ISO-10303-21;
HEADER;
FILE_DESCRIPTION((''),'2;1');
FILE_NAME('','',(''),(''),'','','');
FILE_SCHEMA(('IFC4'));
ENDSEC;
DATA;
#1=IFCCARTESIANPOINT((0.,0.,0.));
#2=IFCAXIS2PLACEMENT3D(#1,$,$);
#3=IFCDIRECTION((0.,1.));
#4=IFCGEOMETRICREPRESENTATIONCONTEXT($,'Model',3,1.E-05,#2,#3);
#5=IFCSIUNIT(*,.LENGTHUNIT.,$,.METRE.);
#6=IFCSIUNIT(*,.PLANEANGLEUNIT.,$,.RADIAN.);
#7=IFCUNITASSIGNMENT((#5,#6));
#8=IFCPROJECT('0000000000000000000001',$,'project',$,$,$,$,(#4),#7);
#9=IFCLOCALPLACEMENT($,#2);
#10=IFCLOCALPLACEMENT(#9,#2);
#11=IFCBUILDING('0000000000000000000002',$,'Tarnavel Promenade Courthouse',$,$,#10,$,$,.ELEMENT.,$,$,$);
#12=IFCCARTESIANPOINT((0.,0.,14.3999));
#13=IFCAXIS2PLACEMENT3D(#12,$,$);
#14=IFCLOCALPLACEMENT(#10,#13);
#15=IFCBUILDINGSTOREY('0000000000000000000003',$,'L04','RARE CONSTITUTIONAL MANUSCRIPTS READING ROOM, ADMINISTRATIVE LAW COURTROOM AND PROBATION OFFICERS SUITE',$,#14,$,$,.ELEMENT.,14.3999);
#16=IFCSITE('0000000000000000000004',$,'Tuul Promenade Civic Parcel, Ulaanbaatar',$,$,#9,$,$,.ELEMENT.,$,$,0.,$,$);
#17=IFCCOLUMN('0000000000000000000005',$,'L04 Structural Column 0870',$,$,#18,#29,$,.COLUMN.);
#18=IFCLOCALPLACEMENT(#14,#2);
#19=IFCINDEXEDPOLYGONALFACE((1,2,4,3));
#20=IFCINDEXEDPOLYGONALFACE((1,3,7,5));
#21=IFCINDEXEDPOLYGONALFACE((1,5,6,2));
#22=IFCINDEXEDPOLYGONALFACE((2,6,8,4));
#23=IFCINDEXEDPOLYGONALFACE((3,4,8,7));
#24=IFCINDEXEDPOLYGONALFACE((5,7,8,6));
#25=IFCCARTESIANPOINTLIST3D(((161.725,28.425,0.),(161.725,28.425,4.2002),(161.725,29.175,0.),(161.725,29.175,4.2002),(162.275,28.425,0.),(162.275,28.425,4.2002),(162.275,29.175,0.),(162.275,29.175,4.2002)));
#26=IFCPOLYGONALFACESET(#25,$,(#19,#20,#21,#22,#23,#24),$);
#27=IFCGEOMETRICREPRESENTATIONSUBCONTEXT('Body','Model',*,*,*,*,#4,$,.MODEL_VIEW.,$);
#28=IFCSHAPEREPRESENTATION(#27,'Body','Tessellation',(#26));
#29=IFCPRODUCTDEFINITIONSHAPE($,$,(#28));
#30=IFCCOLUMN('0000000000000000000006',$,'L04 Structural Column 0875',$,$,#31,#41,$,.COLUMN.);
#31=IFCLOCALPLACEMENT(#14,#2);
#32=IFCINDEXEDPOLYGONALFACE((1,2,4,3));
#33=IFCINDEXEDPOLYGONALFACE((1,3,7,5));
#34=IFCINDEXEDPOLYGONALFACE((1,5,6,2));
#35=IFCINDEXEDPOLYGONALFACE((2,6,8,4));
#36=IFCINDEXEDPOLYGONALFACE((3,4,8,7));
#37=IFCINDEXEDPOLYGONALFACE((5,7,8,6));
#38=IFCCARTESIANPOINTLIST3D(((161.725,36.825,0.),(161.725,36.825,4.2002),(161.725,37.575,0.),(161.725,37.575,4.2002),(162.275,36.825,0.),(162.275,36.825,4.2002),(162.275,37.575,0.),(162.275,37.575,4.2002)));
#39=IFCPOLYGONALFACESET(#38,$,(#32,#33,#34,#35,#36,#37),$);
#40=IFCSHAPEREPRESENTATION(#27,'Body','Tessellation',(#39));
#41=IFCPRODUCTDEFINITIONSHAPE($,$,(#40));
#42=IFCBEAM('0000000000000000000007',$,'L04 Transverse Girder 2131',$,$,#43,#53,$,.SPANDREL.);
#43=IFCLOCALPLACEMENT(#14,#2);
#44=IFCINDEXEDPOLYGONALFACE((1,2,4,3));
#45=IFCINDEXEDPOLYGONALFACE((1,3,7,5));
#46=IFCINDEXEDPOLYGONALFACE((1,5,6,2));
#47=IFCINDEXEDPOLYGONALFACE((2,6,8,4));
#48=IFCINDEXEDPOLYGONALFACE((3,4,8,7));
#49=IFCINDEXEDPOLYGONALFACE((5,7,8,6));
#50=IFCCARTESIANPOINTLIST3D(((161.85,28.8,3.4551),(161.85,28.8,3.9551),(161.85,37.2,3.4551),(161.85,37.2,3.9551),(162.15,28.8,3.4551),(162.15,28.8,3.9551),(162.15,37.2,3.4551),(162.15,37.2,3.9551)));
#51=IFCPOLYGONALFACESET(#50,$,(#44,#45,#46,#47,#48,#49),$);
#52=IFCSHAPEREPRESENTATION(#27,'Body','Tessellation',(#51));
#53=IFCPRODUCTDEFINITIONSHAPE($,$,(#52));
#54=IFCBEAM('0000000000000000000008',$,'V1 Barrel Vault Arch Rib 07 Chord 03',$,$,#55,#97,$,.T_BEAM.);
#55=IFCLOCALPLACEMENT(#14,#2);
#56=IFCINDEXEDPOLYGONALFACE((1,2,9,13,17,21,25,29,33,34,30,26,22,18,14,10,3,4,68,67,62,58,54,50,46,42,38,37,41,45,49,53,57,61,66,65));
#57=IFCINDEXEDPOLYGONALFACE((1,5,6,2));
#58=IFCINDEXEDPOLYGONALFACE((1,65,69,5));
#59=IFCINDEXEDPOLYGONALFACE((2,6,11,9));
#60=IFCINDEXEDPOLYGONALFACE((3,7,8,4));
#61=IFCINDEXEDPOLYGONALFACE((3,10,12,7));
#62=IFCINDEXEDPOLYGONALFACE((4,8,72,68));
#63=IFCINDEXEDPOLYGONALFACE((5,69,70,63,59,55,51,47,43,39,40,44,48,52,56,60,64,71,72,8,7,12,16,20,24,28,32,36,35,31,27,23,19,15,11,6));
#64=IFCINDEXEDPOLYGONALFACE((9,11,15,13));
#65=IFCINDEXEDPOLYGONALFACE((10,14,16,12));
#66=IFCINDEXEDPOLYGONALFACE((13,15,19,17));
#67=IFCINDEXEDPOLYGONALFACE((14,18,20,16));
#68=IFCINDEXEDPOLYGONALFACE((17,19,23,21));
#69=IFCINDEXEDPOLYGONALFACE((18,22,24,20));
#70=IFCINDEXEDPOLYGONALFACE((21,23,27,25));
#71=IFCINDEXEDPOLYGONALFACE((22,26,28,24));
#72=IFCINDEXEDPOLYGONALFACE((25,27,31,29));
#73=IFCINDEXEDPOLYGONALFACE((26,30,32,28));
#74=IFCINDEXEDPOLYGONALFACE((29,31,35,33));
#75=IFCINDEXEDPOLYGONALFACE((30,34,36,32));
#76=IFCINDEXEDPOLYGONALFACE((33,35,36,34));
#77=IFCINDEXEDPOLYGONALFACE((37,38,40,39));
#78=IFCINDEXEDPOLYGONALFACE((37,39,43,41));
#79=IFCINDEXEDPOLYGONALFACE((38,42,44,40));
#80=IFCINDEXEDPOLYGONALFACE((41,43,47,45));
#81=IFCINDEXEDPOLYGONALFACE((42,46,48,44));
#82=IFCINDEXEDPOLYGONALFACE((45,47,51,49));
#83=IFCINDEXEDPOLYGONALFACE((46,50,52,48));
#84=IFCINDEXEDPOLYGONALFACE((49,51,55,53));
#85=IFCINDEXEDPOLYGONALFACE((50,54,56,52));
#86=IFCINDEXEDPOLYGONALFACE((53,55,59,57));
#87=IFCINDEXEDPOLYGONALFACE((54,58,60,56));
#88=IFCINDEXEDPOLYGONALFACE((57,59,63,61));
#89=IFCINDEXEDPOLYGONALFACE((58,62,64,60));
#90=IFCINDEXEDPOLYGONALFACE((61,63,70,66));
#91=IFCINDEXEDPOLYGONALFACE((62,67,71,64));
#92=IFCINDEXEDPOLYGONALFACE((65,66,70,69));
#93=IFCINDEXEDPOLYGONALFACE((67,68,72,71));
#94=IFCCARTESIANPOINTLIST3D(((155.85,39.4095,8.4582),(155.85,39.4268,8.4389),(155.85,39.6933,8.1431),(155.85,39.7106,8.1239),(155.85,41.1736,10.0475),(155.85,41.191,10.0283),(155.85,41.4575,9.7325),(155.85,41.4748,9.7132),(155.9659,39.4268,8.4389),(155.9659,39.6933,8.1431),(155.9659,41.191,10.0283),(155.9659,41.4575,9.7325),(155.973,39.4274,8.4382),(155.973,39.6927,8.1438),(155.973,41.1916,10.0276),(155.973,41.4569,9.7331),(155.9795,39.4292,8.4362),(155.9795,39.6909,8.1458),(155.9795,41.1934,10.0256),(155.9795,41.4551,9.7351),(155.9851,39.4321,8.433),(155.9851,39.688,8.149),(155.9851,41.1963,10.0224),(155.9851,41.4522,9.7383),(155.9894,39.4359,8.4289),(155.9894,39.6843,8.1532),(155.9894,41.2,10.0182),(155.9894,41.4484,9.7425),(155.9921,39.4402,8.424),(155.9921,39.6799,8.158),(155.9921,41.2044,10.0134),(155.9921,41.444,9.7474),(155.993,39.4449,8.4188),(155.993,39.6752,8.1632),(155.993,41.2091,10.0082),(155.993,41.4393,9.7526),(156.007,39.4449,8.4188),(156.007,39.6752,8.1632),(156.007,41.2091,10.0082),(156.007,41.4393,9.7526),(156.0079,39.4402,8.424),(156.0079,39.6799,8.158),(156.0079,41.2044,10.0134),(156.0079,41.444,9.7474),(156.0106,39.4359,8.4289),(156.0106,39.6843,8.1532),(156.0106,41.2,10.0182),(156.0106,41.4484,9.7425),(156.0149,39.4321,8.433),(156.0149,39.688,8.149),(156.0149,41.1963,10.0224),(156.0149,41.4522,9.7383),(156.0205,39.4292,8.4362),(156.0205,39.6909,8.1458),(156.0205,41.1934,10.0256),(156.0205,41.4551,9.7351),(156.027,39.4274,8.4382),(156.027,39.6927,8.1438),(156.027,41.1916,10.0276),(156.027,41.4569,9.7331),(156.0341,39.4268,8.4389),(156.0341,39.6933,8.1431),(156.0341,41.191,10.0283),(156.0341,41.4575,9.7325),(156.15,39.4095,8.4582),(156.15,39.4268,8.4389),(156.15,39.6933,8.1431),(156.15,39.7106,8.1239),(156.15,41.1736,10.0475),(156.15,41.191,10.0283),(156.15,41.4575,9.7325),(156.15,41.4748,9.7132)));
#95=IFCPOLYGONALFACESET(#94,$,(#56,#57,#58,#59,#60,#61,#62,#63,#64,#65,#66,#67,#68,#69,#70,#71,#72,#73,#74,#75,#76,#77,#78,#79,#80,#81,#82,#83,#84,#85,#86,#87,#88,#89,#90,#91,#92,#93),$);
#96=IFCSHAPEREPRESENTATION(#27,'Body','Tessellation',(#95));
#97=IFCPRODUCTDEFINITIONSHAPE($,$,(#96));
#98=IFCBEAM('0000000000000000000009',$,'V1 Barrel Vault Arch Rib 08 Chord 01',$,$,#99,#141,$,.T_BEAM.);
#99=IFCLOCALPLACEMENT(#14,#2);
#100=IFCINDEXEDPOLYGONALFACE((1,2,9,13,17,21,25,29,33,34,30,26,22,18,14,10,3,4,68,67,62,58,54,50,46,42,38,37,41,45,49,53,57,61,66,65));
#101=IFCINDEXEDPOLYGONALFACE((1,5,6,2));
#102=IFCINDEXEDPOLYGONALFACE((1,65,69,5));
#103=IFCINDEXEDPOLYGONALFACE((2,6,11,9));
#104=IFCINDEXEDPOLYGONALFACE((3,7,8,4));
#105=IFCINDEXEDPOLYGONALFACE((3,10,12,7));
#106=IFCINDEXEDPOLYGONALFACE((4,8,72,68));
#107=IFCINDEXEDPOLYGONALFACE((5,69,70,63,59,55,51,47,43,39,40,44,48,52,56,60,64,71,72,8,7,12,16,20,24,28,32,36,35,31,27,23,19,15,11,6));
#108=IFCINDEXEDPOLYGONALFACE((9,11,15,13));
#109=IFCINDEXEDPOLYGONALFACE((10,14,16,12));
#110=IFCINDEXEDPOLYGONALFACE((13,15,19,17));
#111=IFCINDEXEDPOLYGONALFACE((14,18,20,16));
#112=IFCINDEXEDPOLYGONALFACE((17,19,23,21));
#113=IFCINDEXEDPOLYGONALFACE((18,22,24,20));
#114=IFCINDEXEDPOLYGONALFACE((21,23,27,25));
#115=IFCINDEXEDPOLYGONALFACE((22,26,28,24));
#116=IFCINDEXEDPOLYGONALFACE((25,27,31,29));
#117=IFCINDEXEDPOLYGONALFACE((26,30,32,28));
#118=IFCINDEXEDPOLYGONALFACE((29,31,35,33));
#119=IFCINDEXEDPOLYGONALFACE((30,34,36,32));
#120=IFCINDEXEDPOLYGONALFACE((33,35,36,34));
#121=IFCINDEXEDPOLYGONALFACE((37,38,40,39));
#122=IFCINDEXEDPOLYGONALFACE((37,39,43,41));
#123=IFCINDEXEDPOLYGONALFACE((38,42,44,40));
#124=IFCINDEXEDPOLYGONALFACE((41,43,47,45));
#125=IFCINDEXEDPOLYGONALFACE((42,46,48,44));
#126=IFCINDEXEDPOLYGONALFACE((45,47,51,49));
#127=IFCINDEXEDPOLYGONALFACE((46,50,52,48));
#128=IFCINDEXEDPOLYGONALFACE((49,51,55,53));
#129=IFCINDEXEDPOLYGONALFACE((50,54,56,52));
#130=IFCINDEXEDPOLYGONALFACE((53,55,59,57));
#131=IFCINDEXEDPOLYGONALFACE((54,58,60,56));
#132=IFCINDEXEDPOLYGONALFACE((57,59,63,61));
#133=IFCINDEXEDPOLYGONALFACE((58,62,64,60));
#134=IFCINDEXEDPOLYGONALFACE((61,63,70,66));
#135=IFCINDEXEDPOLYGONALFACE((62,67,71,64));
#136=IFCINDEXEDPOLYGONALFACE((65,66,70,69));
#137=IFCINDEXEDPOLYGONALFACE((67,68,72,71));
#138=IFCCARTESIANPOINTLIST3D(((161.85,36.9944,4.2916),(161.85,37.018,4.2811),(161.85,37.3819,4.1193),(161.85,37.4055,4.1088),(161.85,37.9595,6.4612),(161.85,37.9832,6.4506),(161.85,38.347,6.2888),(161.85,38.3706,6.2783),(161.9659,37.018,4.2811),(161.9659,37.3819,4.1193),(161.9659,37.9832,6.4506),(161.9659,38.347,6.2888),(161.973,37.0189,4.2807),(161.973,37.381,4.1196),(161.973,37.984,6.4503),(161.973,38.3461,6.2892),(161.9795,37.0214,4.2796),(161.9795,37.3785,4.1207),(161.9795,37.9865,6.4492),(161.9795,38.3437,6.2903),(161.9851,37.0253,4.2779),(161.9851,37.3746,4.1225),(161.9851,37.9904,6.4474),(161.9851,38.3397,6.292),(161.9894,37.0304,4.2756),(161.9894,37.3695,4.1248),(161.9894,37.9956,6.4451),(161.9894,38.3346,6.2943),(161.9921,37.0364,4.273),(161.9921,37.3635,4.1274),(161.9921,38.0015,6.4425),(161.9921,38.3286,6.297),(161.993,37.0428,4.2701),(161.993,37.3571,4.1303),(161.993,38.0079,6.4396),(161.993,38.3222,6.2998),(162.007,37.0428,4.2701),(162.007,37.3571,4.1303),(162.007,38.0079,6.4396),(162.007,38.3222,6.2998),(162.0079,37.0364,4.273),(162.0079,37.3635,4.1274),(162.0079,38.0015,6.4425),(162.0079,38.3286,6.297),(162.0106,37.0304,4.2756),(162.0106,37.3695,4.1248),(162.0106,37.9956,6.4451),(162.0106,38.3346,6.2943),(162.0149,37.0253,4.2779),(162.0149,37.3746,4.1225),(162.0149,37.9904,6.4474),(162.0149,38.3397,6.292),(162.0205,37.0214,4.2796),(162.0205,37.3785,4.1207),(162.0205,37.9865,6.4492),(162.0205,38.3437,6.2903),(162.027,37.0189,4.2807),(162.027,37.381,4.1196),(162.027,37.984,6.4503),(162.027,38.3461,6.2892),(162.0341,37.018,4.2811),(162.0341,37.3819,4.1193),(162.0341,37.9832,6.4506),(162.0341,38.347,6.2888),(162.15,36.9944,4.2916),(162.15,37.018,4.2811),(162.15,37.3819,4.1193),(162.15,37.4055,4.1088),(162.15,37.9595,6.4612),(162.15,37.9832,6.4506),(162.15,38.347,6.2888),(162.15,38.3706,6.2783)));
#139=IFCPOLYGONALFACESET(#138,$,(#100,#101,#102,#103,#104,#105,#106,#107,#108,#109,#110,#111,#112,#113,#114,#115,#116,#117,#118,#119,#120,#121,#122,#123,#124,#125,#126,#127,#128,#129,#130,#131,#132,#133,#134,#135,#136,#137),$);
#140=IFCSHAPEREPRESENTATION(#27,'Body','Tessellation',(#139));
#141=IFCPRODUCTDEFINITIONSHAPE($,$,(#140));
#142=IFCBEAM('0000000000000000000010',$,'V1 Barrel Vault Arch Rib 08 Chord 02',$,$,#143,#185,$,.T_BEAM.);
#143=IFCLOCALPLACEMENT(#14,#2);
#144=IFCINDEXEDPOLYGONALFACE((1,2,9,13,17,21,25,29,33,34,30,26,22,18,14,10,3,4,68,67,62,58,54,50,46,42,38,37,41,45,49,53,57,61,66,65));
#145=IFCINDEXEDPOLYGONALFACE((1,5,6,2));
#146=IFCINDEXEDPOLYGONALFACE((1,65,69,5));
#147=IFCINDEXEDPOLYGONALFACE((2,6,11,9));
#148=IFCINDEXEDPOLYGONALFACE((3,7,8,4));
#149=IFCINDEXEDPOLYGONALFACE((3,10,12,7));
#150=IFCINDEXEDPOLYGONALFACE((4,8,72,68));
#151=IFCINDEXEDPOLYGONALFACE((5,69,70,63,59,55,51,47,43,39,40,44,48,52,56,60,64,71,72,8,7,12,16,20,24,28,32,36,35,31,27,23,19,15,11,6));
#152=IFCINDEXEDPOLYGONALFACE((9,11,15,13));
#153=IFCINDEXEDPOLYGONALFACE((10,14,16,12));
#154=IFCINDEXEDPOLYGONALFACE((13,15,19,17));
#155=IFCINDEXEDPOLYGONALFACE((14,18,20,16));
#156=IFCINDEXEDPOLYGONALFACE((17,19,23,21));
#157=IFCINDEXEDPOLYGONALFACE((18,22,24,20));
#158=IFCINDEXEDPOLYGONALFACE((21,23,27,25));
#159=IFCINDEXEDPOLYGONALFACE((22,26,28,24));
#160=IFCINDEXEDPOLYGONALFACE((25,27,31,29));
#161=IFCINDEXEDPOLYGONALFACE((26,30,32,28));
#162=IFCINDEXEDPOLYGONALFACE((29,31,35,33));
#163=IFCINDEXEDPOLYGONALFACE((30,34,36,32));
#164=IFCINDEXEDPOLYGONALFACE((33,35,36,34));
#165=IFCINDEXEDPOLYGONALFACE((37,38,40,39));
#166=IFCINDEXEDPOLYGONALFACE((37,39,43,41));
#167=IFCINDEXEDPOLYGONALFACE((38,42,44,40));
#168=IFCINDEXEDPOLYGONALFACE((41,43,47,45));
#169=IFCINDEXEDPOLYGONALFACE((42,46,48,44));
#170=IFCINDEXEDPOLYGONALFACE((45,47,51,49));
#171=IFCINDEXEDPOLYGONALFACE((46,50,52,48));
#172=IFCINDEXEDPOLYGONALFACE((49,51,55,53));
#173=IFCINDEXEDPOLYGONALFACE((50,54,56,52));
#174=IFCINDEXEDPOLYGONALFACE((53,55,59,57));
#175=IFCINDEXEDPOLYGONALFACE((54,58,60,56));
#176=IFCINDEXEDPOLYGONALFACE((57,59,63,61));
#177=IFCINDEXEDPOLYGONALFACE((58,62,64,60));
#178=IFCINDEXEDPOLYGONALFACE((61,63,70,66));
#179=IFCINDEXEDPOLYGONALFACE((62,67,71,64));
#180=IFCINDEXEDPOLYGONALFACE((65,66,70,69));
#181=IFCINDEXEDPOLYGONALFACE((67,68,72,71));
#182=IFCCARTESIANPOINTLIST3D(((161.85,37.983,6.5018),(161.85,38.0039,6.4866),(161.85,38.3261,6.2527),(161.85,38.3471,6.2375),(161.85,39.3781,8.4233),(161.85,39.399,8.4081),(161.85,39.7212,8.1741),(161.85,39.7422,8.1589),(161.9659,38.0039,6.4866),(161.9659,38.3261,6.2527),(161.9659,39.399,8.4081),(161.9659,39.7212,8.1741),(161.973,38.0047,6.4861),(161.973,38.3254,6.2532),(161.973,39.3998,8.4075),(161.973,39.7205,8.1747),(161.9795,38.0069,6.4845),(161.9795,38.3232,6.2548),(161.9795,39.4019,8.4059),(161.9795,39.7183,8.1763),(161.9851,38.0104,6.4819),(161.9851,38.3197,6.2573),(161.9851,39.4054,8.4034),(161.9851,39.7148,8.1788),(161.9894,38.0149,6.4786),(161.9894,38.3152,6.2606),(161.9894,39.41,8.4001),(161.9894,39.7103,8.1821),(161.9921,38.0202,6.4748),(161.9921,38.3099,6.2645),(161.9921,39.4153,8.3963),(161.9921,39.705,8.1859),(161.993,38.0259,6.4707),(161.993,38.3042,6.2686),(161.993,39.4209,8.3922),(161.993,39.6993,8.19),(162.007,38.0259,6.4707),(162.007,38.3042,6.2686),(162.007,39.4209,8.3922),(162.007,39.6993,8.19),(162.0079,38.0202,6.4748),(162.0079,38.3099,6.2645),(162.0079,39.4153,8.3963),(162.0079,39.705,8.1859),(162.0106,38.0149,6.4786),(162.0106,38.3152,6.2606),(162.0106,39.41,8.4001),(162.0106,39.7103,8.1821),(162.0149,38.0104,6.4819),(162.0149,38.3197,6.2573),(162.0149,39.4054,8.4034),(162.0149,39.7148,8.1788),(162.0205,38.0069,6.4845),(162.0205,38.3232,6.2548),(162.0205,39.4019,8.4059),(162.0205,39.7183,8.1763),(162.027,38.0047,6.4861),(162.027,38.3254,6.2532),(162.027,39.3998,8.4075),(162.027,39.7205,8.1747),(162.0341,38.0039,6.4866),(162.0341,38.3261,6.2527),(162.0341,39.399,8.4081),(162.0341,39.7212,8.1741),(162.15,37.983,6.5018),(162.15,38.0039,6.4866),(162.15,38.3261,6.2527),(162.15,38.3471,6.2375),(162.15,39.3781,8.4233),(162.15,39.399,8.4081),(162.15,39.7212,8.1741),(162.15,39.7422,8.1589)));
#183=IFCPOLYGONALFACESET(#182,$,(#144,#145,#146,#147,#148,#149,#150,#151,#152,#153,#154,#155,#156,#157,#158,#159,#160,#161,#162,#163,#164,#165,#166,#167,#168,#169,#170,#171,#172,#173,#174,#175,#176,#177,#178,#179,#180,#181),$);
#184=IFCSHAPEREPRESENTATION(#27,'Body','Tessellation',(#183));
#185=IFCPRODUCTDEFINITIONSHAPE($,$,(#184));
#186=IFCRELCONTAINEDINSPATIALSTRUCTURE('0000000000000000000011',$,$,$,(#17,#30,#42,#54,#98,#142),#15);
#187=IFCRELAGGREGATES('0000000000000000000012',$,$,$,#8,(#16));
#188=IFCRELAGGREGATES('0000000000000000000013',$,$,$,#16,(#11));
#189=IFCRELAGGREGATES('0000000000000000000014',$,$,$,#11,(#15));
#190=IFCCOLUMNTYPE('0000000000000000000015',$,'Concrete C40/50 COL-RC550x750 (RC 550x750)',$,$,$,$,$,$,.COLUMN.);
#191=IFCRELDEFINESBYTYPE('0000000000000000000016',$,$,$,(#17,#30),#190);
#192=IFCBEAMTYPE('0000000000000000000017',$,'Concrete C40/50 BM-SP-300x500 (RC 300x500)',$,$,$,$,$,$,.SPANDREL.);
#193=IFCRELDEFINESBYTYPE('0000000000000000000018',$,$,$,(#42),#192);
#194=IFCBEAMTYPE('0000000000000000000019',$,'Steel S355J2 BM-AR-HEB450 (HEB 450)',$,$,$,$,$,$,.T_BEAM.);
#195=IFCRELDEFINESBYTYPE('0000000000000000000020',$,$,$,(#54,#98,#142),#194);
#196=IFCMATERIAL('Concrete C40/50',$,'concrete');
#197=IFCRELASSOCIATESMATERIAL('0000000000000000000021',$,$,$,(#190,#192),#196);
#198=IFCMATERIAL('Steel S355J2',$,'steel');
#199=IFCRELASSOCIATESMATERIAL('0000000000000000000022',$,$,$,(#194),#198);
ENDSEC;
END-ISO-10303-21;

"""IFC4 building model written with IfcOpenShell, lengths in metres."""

from ifc_helpers import new_model, si_unit, direction, frame, origin, origin_2d, place, context, subcontext, project, spatial, rectangle, i_section, extrude, material, material_profile, profile_set, type_object, element, save


model = new_model("IFC4")

# Units and contexts
model_context = context("Model", 3, precision=1e-05, world=origin(), true_north=direction((0.0, 1.0)))
body_context = subcontext(model_context, "Body", "Model", "MODEL_VIEW")
ifc_project = project(units=[si_unit("LENGTHUNIT", "METRE"), si_unit("PLANEANGLEUNIT", "RADIAN")], contexts=[model_context])

# Site, building, storey
site_placement = place(None, origin())
site = spatial("IfcSite", under=ifc_project, at=site_placement, Name="Tuul Promenade Civic Parcel, Ulaanbaatar", CompositionType="ELEMENT", RefElevation=0.0)
building_placement = place(site_placement, origin())
building = spatial("IfcBuilding", under=site, at=building_placement, Name="Tarnavel Promenade Courthouse", CompositionType="ELEMENT")
storey_placement = place(building_placement, frame((0.0, 0.0, 14.3999)))
storey = spatial("IfcBuildingStorey", under=building, at=storey_placement, Name="L04", Description="RARE CONSTITUTIONAL MANUSCRIPTS READING ROOM, ADMINISTRATIVE LAW COURTROOM AND PROBATION OFFICERS SUITE", CompositionType="ELEMENT", Elevation=14.3999)

# Columns
ifc_material_1 = material(Name="Concrete C40/50", Category="concrete")
ifc_material_profile_1 = material_profile(ifc_material_1, rectangle(XDim=0.55, YDim=0.75, at=origin_2d()), Name="RC 550x750")
ifc_profile_set_1 = profile_set([ifc_material_profile_1], Name="Concrete C40/50")
column_type = type_object("IfcColumnType", Name="Concrete C40/50 COL-RC550x750 (RC 550x750)", PredefinedType="COLUMN", material=ifc_profile_set_1)
for number, where, z_axis, x_axis, name in (
    (1, (162.0, 28.8, 0.0), (0.0, 0.0, 1.0), (1.0, 0.0, 0.0), "L04 Structural Column 0870"),
    (2, (162.0, 37.2, 0.0), (0.0, 0.0, 1.0), (1.0, 0.0, 0.0), "L04 Structural Column 0875"),
):
    element("IfcColumn", number, at=place(storey_placement, frame(where, z_axis=z_axis, x_axis=x_axis)), inside=storey, type_object=column_type, Name=name, PredefinedType="COLUMN", context=body_context, shape_type="SweptSolid", body=[
        extrude(rectangle(XDim=0.55, YDim=0.75, at=origin_2d()), origin(), (0.0, 0.0, 1.0), 4.2002),
    ])

# Beams
ifc_material_profile_2 = material_profile(ifc_material_1, rectangle(XDim=0.3, YDim=0.5, at=origin_2d()), Name="RC 300x500")
ifc_profile_set_2 = profile_set([ifc_material_profile_2], Name="Concrete C40/50")
beam_type_1 = type_object("IfcBeamType", Name="Concrete C40/50 BM-SP-300x500 (RC 300x500)", PredefinedType="SPANDREL", material=ifc_profile_set_2)
beam_1_placement = place(storey_placement, frame((162.0, 28.8, 3.7051), z_axis=(0.0, 1.0, 0.0), x_axis=(-1.0, 0.0, 0.0)))
element("IfcBeam", 3, at=beam_1_placement, inside=storey, type_object=beam_type_1, Name="L04 Transverse Girder 2131", PredefinedType="SPANDREL", context=body_context, shape_type="SweptSolid", body=[
    extrude(rectangle(XDim=0.3, YDim=0.5, at=origin_2d()), origin(), (0.0, 0.0, 1.0), 8.3999),
])
ifc_material_2 = material(Name="Steel S355J2", Category="steel")
ifc_material_profile_3 = material_profile(ifc_material_2, i_section(OverallWidth=0.3, OverallDepth=0.45, WebThickness=0.0139, FlangeThickness=0.0259, FilletRadius=0.0271, at=origin_2d()), Name="HEB 450")
ifc_profile_set_3 = profile_set([ifc_material_profile_3], Name="Steel S355J2")
beam_type_2 = type_object("IfcBeamType", Name="Steel S355J2 BM-AR-HEB450 (HEB 450)", PredefinedType="T_BEAM", material=ifc_profile_set_3)
for number, where, z_axis, x_axis, name in (
    (4, (156.0, 39.5601, 8.291), (0.0, 0.742957, 0.66934), (-1.0, 0.0, 0.0), "V1 Barrel Vault Arch Rib 07 Chord 03"),
    (5, (162.0, 37.2, 4.2002), (0.0, 0.406453, 0.913672), (-1.0, 0.0, 0.0), "V1 Barrel Vault Arch Rib 08 Chord 01"),
    (6, (162.0, 38.165, 6.3696), (0.0, 0.587523, 0.809207), (-1.0, 0.0, 0.0), "V1 Barrel Vault Arch Rib 08 Chord 02"),
):
    element("IfcBeam", number, at=place(storey_placement, frame(where, z_axis=z_axis, x_axis=x_axis)), inside=storey, type_object=beam_type_2, Name=name, PredefinedType="T_BEAM", context=body_context, shape_type="SweptSolid", body=[
        extrude(i_section(OverallWidth=0.3, OverallDepth=0.45, WebThickness=0.0139, FlangeThickness=0.0259, FilletRadius=0.0271, at=origin_2d()), origin(), (0.0, 0.0, 1.0), 2.3745),
    ])

save(model, "model.ifc")
